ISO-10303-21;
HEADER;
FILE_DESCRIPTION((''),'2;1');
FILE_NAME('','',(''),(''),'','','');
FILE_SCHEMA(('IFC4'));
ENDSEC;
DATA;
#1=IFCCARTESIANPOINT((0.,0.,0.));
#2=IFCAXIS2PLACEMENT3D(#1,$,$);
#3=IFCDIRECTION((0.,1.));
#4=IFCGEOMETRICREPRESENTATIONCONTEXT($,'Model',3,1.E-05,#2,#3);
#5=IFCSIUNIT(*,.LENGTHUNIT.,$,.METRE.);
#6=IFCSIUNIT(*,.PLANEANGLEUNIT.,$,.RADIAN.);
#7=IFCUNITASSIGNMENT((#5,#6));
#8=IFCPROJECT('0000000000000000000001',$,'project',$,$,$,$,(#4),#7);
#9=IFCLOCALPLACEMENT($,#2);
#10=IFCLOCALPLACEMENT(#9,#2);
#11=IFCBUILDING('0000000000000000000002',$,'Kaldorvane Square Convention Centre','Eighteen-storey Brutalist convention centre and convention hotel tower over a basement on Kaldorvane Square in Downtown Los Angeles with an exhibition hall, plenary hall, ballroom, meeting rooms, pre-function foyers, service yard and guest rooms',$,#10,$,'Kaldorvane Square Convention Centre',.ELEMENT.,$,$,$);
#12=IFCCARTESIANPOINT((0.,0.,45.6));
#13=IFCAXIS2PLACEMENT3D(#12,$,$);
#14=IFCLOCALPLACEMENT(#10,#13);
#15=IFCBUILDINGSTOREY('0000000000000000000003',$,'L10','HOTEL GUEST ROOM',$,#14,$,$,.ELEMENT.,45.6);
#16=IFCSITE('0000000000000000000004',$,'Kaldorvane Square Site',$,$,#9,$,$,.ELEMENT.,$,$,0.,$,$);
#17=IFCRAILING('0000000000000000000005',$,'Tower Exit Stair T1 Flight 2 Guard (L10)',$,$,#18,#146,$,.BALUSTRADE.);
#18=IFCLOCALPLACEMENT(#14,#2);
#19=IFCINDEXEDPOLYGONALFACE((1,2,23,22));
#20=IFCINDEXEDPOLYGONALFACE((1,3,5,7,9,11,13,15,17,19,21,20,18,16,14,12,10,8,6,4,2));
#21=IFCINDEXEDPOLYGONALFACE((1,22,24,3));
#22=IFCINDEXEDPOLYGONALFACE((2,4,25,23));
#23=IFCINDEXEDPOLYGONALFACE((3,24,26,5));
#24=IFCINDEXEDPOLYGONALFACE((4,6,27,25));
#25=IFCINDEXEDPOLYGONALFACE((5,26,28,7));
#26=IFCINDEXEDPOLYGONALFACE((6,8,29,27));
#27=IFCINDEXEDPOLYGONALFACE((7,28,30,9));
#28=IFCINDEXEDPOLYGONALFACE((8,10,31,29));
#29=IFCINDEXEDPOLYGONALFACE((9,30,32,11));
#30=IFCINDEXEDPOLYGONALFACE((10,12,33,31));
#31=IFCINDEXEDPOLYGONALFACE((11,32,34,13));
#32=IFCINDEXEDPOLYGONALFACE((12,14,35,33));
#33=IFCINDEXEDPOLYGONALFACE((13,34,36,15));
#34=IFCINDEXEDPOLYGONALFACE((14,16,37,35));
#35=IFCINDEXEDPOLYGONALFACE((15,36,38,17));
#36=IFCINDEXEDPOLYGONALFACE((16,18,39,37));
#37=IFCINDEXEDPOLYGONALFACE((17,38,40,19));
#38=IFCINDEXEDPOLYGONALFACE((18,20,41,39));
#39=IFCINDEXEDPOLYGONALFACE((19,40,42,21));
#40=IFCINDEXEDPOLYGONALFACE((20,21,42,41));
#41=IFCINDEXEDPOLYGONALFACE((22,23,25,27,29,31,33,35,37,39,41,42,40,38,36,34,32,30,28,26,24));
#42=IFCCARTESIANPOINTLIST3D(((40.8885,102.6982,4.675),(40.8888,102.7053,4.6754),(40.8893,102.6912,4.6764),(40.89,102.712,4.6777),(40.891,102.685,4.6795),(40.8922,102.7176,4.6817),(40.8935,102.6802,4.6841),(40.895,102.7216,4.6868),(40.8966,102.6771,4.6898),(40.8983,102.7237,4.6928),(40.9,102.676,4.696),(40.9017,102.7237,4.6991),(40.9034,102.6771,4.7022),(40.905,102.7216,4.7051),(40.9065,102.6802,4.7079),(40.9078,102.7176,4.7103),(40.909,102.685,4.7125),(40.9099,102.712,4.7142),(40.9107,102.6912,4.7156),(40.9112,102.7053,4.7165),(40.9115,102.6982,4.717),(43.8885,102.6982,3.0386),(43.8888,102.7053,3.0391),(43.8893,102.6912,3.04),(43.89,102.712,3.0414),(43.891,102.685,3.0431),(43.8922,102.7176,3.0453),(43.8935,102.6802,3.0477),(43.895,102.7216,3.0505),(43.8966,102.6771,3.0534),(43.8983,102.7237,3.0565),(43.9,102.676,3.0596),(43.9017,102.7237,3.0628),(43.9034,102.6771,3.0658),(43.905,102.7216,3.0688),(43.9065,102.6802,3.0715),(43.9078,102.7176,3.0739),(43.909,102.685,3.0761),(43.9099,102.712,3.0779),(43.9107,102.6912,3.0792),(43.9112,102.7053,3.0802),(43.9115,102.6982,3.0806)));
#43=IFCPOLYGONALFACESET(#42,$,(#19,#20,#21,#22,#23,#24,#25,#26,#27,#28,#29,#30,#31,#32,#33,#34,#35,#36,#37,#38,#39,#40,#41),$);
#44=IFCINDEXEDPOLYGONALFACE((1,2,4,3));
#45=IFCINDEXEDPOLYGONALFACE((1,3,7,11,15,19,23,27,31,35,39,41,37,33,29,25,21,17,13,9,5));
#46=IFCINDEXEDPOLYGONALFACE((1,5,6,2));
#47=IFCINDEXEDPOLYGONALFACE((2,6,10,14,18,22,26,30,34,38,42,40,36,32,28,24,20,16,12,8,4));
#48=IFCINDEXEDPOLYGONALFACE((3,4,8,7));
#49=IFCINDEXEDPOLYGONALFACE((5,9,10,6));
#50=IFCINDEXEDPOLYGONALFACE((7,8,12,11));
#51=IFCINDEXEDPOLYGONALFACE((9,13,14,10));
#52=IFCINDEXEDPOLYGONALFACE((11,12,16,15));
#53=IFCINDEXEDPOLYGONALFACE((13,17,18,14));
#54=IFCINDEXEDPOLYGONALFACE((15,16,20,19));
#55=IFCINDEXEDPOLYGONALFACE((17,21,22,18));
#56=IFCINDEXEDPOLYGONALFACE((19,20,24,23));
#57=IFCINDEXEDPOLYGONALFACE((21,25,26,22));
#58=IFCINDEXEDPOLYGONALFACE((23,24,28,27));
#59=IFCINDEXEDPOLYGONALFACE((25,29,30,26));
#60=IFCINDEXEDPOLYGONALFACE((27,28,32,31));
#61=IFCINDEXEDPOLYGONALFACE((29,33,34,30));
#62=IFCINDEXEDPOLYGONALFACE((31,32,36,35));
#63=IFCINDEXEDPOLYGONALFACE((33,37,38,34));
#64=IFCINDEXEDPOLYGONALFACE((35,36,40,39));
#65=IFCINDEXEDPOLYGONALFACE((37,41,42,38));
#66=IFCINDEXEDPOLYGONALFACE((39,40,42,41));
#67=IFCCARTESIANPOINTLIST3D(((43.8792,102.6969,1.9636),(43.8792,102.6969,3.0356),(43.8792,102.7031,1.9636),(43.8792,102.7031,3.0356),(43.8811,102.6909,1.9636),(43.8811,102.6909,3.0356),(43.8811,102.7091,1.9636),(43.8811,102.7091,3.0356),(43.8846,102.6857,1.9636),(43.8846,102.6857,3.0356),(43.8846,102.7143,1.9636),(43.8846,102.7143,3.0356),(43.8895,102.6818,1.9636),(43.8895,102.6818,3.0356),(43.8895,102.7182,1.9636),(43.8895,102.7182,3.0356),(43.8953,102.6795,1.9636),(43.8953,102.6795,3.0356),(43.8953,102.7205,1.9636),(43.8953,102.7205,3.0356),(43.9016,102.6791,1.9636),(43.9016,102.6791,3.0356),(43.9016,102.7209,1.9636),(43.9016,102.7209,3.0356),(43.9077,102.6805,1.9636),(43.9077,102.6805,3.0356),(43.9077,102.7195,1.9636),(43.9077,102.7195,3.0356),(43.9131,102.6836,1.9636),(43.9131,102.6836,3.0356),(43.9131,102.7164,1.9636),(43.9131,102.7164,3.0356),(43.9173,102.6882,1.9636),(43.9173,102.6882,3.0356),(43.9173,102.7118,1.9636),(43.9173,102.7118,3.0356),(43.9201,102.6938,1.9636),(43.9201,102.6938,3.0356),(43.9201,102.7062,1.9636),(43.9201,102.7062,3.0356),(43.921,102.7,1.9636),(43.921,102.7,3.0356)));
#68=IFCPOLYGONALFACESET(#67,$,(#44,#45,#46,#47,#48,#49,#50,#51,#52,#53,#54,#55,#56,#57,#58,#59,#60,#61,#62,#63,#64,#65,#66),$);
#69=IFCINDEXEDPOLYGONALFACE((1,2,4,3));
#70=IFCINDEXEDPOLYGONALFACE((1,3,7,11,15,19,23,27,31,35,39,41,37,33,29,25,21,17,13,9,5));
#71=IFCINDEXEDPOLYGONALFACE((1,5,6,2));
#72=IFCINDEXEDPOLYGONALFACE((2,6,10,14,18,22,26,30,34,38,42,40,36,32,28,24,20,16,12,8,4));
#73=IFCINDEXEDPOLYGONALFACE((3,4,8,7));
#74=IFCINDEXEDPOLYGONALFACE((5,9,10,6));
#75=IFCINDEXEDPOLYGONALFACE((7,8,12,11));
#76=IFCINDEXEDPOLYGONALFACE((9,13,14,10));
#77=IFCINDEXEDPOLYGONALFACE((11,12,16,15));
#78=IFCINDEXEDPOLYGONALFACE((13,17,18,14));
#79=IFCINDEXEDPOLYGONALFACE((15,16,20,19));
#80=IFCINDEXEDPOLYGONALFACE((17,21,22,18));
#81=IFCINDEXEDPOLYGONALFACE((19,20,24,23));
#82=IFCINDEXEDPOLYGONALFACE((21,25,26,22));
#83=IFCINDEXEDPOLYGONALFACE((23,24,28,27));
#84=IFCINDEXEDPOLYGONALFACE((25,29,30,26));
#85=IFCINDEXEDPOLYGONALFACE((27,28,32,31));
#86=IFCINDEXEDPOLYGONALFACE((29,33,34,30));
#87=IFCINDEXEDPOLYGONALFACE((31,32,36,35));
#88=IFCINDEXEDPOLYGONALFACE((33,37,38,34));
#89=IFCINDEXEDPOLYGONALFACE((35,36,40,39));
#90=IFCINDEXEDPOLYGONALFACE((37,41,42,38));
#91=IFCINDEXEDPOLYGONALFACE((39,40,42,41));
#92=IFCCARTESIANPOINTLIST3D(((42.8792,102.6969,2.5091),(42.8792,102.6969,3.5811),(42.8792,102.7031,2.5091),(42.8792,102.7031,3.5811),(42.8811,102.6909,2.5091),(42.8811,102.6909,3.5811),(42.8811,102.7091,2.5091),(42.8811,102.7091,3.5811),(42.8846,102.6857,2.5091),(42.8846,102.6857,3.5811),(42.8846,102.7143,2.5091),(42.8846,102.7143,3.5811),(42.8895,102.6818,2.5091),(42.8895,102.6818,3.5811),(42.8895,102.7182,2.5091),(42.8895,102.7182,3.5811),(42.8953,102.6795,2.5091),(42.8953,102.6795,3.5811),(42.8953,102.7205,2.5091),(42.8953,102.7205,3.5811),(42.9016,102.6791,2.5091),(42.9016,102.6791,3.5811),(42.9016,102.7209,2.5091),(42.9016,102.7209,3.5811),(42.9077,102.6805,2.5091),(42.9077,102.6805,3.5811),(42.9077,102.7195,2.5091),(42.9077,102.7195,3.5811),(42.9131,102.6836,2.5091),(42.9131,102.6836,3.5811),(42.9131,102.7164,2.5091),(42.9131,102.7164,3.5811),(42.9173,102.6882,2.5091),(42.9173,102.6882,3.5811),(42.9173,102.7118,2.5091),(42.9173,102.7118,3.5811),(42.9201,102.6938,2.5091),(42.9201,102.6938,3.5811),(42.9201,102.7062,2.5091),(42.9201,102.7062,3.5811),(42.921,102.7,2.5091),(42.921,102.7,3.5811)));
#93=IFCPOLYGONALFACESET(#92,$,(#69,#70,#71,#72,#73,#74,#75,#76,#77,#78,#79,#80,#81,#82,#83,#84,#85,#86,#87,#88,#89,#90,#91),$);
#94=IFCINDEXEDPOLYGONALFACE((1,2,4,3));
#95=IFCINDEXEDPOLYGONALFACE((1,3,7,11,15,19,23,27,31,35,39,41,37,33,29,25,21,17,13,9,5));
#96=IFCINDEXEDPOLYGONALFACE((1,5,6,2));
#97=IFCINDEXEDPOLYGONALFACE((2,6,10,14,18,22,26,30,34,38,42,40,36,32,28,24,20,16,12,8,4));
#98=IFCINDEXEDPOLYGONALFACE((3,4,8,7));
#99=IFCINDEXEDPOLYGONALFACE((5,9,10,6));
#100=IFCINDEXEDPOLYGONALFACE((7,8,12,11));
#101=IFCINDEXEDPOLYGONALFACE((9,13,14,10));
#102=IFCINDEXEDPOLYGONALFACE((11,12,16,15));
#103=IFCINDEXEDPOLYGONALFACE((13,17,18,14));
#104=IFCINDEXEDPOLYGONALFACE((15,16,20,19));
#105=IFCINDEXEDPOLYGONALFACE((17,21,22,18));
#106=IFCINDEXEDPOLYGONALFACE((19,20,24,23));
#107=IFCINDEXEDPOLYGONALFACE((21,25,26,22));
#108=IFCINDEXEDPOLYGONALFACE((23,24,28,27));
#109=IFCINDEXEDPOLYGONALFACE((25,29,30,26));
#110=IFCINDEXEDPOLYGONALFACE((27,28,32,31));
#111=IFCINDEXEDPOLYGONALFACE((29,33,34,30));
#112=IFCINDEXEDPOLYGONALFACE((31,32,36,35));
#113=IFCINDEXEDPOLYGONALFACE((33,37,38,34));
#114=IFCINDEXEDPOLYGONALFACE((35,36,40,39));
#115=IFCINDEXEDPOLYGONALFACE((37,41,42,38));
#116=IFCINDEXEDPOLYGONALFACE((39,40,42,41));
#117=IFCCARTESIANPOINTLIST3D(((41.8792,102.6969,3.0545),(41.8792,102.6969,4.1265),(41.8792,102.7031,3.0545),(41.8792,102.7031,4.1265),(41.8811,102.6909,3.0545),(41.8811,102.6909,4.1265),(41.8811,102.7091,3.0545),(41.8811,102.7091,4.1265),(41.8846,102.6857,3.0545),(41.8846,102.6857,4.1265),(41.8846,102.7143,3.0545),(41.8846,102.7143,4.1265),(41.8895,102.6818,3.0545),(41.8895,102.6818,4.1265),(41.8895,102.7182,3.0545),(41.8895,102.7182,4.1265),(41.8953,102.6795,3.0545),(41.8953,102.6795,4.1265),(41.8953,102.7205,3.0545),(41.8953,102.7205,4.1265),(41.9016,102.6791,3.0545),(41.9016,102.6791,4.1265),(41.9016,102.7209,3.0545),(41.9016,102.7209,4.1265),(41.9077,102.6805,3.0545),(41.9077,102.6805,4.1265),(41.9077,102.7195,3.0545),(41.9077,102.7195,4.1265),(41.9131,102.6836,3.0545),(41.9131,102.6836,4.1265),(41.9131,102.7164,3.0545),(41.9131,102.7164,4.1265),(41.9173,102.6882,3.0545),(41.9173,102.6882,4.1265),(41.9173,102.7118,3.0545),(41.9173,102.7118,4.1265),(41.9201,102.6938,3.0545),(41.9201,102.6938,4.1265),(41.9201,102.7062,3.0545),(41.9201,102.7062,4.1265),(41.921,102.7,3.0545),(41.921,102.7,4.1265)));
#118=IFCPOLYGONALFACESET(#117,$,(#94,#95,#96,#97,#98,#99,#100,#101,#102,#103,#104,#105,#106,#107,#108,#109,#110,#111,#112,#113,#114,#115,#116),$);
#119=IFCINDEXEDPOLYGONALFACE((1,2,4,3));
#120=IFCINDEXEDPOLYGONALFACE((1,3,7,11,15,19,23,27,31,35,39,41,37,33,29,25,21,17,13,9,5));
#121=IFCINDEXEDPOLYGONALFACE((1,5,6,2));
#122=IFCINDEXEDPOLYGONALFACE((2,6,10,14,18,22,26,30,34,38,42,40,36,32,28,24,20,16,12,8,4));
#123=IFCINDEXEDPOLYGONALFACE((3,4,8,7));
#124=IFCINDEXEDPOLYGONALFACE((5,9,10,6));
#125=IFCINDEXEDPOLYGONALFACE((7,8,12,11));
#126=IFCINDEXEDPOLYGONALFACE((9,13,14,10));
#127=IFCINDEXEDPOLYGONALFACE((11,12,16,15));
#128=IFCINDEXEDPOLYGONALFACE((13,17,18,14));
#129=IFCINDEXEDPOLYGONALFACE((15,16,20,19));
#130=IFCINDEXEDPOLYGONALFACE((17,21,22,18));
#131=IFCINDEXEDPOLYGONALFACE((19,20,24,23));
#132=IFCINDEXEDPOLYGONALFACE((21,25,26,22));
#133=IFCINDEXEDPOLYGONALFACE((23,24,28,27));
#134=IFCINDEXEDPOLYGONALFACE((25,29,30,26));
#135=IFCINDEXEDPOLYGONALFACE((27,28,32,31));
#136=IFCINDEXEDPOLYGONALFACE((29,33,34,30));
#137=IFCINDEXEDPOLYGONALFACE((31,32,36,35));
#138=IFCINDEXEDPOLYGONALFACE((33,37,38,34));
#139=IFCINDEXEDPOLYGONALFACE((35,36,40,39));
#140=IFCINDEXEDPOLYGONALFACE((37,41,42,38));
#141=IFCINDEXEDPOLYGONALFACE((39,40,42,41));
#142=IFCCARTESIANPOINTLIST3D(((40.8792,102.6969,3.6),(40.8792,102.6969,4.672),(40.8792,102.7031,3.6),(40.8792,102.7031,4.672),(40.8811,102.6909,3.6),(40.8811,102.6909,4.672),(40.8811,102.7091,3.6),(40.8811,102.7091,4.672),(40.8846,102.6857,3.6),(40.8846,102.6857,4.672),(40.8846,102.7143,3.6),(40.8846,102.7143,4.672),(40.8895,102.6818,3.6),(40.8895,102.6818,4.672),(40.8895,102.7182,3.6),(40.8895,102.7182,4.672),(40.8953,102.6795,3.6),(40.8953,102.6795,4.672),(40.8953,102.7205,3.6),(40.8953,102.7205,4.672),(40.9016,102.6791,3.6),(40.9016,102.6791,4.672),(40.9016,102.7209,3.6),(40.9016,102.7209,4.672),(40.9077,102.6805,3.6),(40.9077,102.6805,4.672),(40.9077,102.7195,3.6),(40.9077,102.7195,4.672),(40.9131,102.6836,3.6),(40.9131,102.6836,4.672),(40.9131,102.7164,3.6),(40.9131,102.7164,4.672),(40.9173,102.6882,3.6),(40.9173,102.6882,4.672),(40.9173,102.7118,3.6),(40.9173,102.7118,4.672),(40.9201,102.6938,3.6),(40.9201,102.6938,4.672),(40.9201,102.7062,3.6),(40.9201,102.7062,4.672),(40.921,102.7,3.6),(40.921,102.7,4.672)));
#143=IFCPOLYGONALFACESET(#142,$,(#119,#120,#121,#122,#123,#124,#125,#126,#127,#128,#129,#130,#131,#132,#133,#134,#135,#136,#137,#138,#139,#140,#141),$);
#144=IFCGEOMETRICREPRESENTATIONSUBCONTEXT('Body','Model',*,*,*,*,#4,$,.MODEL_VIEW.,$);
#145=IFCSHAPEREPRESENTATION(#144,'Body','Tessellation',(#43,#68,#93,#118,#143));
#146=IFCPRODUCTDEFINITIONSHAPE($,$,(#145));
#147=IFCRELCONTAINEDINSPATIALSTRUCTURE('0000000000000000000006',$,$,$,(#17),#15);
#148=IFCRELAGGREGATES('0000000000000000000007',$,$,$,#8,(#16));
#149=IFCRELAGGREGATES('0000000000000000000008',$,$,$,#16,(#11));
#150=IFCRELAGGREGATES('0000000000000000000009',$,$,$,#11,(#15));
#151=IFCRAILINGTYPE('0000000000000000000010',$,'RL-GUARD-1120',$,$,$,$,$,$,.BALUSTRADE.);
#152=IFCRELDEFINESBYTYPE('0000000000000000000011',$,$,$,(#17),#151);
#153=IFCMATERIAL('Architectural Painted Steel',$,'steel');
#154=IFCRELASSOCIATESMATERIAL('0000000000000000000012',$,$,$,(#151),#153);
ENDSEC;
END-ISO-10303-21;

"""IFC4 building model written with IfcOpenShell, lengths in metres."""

from ifc_helpers import new_model, si_unit, direction, frame, origin, origin_2d, place, context, subcontext, project, spatial, circle, extrude, material, type_object, element, save


model = new_model("IFC4")

# Units and contexts
model_context = context("Model", 3, precision=1e-05, world=origin(), true_north=direction((0.0, 1.0)))
body_context = subcontext(model_context, "Body", "Model", "MODEL_VIEW")
ifc_project = project(units=[si_unit("LENGTHUNIT", "METRE"), si_unit("PLANEANGLEUNIT", "RADIAN")], contexts=[model_context])

# Site, building, storey
site_placement = place(None, origin())
site = spatial("IfcSite", under=ifc_project, at=site_placement, Name="Kaldorvane Square Site", CompositionType="ELEMENT", RefElevation=0.0)
building_placement = place(site_placement, origin())
building = spatial("IfcBuilding", under=site, at=building_placement, Name="Kaldorvane Square Convention Centre", Description="Eighteen-storey Brutalist convention centre and convention hotel tower over a basement on Kaldorvane Square in Downtown Los Angeles with an exhibition hall, plenary hall, ballroom, meeting rooms, pre-function foyers, service yard and guest rooms", LongName="Kaldorvane Square Convention Centre", CompositionType="ELEMENT")
storey_placement = place(building_placement, frame((0.0, 0.0, 45.6)))
storey = spatial("IfcBuildingStorey", under=building, at=storey_placement, Name="L10", Description="HOTEL GUEST ROOM", CompositionType="ELEMENT", Elevation=45.6)

# Railing
ifc_material_1 = material(Name="Architectural Painted Steel", Category="steel")
railing_type_1 = type_object("IfcRailingType", Name="RL-GUARD-1120", PredefinedType="BALUSTRADE", material=ifc_material_1)
railing_1_placement = place(storey_placement, frame((43.9, 102.7, 1.9636)))
element("IfcRailing", 1, at=railing_1_placement, inside=storey, type_object=railing_type_1, Name="Tower Exit Stair T1 Flight 2 Guard (L10)", PredefinedType="BALUSTRADE", context=body_context, shape_type="SweptSolid", body=[
    extrude(circle(Radius=0.024, at=origin_2d()), frame((0.0, 0.0, 1.096), z_axis=(-0.877895, 0.0, 0.478853), x_axis=(0.0, -1.0, 0.0)), (0.0, 0.0, 1.0), 3.4173),
    extrude(circle(Radius=0.021, at=origin_2d()), origin(), (0.0, 0.0, 1.0), 1.072),
    extrude(circle(Radius=0.021, at=origin_2d()), frame((-1.0, 0.0, 0.5455)), (0.0, 0.0, 1.0), 1.072),
    extrude(circle(Radius=0.021, at=origin_2d()), frame((-2.0, 0.0, 1.0909)), (0.0, 0.0, 1.0), 1.072),
    extrude(circle(Radius=0.021, at=origin_2d()), frame((-3.0, 0.0, 1.6364)), (0.0, 0.0, 1.0), 1.072),
])

save(model, "model.ifc")
